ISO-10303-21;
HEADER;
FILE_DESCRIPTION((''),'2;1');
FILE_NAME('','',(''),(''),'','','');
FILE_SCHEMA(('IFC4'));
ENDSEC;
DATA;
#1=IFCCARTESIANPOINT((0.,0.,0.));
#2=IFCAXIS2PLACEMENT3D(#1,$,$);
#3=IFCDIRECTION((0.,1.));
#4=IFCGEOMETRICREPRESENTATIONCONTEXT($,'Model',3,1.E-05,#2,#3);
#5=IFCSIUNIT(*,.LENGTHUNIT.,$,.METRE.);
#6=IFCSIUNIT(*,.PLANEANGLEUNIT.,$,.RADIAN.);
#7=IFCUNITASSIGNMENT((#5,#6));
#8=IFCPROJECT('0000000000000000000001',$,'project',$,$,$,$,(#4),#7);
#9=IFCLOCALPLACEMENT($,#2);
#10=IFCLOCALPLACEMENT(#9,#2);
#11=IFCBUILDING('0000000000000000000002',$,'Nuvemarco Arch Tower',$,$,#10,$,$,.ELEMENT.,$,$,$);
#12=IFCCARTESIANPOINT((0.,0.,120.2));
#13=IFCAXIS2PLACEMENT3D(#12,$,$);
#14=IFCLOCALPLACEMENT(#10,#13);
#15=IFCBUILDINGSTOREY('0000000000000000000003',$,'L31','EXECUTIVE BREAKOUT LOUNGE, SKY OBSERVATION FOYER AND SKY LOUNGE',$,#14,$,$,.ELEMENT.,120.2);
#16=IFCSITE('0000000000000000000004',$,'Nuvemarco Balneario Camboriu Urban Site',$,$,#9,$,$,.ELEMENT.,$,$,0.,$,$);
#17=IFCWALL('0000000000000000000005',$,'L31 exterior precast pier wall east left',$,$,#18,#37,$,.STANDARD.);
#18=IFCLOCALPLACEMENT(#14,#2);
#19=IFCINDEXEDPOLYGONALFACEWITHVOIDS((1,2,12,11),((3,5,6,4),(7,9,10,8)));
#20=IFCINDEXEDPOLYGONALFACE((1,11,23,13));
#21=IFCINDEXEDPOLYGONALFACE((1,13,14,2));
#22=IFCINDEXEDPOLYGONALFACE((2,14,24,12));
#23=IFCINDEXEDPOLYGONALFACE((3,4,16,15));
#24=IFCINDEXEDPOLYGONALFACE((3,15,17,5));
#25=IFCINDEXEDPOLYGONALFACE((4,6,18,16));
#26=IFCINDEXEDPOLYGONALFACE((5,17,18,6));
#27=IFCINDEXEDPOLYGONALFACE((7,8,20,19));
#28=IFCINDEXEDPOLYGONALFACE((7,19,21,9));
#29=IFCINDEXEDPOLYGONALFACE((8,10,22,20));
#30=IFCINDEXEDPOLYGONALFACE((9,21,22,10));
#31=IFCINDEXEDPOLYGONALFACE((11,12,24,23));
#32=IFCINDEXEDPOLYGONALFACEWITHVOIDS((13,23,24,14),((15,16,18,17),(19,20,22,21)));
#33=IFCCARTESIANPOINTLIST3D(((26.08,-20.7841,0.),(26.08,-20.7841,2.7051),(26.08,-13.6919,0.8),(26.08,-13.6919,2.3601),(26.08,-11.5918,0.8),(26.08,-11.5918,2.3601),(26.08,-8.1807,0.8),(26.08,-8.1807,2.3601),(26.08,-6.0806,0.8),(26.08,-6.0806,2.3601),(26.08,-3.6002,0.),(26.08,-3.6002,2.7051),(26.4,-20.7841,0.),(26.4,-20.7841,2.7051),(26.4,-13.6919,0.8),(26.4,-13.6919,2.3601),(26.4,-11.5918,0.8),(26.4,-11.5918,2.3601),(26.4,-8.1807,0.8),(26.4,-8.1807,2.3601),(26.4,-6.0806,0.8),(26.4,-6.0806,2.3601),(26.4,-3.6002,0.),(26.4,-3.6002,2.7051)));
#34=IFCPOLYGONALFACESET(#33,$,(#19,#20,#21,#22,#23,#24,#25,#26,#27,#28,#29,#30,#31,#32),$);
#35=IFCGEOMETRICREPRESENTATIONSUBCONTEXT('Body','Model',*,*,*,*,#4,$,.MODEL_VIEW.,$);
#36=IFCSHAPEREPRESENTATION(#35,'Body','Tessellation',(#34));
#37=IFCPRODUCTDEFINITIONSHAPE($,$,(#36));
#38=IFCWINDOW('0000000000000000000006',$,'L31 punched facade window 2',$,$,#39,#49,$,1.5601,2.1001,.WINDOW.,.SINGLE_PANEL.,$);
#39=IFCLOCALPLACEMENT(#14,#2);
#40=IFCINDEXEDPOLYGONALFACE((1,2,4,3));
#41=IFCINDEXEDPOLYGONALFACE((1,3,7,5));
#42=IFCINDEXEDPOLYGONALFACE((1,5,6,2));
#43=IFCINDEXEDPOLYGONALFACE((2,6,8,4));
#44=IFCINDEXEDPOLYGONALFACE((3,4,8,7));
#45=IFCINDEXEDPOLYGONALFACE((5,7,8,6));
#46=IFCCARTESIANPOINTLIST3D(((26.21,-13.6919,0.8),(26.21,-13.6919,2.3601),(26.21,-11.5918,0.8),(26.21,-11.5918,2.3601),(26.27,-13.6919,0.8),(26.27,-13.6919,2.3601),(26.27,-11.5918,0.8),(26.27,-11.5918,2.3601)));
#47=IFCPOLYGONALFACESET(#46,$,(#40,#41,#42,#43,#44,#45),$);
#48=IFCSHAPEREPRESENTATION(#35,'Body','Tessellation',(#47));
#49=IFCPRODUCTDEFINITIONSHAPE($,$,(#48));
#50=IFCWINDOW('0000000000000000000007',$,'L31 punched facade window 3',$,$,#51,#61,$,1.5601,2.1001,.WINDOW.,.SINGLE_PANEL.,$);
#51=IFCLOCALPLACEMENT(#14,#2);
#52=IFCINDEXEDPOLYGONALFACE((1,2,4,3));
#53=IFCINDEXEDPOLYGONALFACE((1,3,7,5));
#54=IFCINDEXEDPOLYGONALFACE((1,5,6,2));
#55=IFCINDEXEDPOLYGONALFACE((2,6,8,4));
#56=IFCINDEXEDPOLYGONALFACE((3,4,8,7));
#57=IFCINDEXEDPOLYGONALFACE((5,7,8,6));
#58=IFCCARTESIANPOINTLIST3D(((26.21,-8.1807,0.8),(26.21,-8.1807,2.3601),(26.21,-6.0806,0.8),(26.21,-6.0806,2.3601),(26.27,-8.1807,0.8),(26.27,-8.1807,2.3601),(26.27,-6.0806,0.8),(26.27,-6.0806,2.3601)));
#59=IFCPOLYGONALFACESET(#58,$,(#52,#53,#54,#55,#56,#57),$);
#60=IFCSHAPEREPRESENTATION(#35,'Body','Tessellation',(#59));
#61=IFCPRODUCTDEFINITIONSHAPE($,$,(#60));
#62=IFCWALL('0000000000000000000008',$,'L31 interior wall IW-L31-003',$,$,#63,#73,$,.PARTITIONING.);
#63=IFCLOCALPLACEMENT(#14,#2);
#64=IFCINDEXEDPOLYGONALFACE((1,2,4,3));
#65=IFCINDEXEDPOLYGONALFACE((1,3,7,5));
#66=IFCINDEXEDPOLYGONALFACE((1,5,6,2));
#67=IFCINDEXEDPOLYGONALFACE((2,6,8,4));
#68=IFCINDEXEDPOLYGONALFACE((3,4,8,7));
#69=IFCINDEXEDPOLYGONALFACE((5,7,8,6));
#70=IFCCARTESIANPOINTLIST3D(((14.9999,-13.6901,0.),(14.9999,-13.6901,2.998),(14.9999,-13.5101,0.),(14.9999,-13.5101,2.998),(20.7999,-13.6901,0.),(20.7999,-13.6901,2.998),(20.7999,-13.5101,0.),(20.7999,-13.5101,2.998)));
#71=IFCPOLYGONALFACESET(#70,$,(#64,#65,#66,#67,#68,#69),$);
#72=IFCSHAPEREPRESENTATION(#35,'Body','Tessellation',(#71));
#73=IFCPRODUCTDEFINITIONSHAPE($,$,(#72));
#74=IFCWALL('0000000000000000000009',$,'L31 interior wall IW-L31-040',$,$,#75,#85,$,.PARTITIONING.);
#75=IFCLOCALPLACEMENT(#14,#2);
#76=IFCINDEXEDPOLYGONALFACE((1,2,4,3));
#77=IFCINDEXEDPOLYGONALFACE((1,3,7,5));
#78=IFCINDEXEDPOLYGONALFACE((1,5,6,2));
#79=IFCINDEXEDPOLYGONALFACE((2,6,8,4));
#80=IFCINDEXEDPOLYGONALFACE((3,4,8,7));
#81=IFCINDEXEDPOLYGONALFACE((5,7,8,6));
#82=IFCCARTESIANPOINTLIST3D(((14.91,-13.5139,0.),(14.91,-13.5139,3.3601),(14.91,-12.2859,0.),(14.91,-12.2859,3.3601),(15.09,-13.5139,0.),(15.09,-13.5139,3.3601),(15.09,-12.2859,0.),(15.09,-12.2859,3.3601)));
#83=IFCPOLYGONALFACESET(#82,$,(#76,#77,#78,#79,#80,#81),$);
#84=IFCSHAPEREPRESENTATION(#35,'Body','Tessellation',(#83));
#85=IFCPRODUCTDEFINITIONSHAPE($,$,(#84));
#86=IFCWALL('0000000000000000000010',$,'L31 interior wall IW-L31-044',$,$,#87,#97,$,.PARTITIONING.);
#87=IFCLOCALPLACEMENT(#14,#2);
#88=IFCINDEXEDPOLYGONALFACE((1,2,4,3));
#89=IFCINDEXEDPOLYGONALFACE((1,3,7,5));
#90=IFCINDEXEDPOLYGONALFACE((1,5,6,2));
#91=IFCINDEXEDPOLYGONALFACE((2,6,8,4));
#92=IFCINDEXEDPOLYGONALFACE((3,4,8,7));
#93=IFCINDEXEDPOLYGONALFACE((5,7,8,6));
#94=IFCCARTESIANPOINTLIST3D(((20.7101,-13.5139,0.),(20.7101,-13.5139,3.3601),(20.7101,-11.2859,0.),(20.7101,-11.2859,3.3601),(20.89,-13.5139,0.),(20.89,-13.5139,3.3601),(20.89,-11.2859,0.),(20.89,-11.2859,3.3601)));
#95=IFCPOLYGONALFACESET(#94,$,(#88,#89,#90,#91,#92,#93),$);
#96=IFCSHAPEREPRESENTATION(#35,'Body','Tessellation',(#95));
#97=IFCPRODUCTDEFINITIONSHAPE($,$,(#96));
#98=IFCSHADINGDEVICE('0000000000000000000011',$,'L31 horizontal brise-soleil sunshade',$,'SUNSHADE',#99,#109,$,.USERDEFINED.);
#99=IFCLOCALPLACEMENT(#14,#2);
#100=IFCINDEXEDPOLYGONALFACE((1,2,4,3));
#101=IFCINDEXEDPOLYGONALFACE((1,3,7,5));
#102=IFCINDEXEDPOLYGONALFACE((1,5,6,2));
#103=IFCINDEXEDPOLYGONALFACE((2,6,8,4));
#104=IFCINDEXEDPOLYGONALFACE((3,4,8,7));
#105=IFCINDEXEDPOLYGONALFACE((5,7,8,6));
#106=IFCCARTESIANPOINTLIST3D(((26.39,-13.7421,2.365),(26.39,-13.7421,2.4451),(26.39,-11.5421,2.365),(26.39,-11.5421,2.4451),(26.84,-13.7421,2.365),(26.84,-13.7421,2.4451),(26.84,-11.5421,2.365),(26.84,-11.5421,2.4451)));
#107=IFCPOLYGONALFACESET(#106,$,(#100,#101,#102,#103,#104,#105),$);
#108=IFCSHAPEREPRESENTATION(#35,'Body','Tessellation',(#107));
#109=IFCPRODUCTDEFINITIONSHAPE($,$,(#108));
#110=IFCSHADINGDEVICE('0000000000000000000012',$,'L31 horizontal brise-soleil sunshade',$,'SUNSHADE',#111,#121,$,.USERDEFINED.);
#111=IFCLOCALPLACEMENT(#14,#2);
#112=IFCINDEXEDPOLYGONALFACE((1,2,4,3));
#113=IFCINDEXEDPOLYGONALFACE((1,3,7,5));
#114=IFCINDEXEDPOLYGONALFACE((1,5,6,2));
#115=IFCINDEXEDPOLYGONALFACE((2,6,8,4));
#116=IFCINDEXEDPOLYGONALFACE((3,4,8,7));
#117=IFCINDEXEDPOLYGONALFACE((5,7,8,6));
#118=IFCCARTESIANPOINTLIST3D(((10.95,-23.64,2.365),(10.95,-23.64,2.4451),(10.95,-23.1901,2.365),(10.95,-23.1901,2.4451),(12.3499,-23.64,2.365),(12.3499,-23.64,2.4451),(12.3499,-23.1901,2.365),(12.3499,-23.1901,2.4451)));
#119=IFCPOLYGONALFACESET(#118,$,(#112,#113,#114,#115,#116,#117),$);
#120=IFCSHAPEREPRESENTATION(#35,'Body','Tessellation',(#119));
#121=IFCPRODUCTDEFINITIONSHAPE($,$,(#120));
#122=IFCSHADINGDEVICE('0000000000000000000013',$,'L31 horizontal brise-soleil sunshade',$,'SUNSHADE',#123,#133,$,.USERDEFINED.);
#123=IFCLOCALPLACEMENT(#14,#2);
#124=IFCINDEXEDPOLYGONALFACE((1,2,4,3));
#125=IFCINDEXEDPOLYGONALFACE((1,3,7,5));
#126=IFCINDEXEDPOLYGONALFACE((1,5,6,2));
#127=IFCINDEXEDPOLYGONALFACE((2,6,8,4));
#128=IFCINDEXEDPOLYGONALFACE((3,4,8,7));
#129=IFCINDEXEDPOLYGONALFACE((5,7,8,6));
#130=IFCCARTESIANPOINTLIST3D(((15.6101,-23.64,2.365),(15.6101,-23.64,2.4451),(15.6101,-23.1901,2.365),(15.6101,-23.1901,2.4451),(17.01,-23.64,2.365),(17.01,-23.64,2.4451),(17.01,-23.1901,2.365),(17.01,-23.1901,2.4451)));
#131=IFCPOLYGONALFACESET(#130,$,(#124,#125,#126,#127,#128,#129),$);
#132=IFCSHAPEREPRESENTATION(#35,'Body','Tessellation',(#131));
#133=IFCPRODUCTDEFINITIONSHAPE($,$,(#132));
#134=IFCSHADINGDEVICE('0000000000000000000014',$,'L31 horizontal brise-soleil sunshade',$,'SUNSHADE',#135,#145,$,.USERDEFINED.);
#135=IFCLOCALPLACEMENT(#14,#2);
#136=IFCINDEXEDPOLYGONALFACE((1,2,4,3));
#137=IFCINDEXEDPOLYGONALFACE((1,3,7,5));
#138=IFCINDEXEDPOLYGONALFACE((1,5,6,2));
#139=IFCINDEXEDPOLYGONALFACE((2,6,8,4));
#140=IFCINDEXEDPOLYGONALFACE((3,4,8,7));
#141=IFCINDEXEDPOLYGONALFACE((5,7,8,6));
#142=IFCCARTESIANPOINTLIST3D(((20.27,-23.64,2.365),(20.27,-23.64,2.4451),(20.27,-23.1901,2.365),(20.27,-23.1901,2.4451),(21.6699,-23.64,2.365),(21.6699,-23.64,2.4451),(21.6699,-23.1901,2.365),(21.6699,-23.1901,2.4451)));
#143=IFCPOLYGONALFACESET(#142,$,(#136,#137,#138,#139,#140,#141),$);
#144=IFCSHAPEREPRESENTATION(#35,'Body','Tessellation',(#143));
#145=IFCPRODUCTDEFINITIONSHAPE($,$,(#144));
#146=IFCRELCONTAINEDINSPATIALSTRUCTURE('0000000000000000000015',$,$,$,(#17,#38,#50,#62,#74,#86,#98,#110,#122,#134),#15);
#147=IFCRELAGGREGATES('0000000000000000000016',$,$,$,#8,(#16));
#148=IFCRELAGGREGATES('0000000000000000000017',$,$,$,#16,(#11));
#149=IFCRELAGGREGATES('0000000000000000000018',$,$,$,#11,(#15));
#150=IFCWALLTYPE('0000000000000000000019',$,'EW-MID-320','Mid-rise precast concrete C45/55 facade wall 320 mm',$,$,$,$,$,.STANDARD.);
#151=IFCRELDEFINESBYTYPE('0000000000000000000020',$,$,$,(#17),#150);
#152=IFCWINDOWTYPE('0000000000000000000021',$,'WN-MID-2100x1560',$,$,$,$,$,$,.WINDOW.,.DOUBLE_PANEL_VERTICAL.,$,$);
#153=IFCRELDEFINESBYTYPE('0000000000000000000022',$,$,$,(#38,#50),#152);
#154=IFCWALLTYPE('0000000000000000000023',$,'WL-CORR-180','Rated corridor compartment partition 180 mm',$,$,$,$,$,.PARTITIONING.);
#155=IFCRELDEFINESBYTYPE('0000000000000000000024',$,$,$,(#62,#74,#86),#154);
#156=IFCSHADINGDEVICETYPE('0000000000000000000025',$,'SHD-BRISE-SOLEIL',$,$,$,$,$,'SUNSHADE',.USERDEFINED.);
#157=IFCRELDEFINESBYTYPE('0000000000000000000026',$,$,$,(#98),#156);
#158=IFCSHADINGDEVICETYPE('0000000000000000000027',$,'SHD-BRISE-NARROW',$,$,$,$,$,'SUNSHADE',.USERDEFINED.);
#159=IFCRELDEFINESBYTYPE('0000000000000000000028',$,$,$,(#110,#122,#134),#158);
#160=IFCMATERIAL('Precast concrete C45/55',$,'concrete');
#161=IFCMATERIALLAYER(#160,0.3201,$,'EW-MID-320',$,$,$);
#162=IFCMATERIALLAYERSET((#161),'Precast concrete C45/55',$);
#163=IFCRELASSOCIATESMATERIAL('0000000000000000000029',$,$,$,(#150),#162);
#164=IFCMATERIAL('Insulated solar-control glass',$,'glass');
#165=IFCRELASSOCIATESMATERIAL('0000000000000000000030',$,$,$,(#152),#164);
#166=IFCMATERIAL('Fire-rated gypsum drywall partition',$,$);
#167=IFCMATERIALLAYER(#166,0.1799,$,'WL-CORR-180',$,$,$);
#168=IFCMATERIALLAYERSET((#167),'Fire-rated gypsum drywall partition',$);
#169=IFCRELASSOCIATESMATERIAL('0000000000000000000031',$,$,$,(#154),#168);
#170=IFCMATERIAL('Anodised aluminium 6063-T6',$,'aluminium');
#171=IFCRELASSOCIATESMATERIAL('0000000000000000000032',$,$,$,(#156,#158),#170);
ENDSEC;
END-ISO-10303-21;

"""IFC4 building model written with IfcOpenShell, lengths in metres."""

from ifc_helpers import new_model, si_unit, direction, frame, frame_2d, origin, origin_2d, place, context, subcontext, project, spatial, rectangle, extrude, source, transform, mapped, material, layer, layer_set, type_object, type_shapes, element, fill, save


model = new_model("IFC4")

# Units and contexts
model_context = context("Model", 3, precision=1e-05, world=origin(), true_north=direction((0.0, 1.0)))
body_context = subcontext(model_context, "Body", "Model", "MODEL_VIEW")
ifc_project = project(units=[si_unit("LENGTHUNIT", "METRE"), si_unit("PLANEANGLEUNIT", "RADIAN")], contexts=[model_context])

# Site, building, storey
site_placement = place(None, origin())
site = spatial("IfcSite", under=ifc_project, at=site_placement, Name="Nuvemarco Balneario Camboriu Urban Site", CompositionType="ELEMENT", RefElevation=0.0)
building_placement = place(site_placement, origin())
building = spatial("IfcBuilding", under=site, at=building_placement, Name="Nuvemarco Arch Tower", CompositionType="ELEMENT")
storey_placement = place(building_placement, frame((0.0, 0.0, 120.2)))
storey = spatial("IfcBuildingStorey", under=building, at=storey_placement, Name="L31", Description="EXECUTIVE BREAKOUT LOUNGE, SKY OBSERVATION FOYER AND SKY LOUNGE", CompositionType="ELEMENT", Elevation=120.2)

# Shared definitions
ifc_material_1 = material(Name="Precast concrete C45/55", Category="concrete")

# Shared definitions
ifc_layer_1 = layer(ifc_material_1, 0.3201, Name="EW-MID-320")
ifc_layer_set_1 = layer_set([ifc_layer_1], Name="Precast concrete C45/55")
wall_type_1 = type_object("IfcWallType", Name="EW-MID-320", Description="Mid-rise precast concrete C45/55 facade wall 320 mm", PredefinedType="STANDARD", material=ifc_layer_set_1)

# Wall, openings, windows
wall_1_placement = place(storey_placement, frame((26.24, -20.7839, 0.0), z_axis=(0.0, 0.0, 1.0), x_axis=(0.0, 1.0, 0.0)))
wall_1 = element("IfcWall", 1, at=wall_1_placement, inside=storey, type_object=wall_type_1, Name="L31 exterior precast pier wall east left", PredefinedType="STANDARD", context=body_context, shape_type="SweptSolid", body=[
    extrude(rectangle(XDim=17.1838, YDim=0.3201, at=frame_2d((8.5918, 0.0))), origin(), (0.0, 0.0, 1.0), 2.7051),
])
opening_1_placement = place(wall_1_placement, frame((7.092, 0.0, 0.8)))
opening_1 = element("IfcOpeningElement", 2, at=opening_1_placement, cuts=wall_1, PredefinedType="OPENING", context=body_context, shape_type="SweptSolid", body=[
    extrude(rectangle(XDim=2.1001, YDim=1.5601, at=frame_2d((1.05, 0.78))), frame((0.0, 0.1699, 0.0), z_axis=(0.0, -1.0, 0.0), x_axis=(1.0, 0.0, 0.0)), (0.0, 0.0, 1.0), 0.3401),
])
opening_2_placement = place(wall_1_placement, frame((12.6033, 0.0, 0.8)))
opening_2 = element("IfcOpeningElement", 3, at=opening_2_placement, cuts=wall_1, PredefinedType="OPENING", context=body_context, shape_type="SweptSolid", body=[
    extrude(rectangle(XDim=2.1001, YDim=1.5601, at=frame_2d((1.05, 0.78))), frame((0.0, 0.1699, 0.0), z_axis=(0.0, -1.0, 0.0), x_axis=(1.0, 0.0, 0.0)), (0.0, 0.0, 1.0), 0.3401),
])
ifc_material_2 = material(Name="Insulated solar-control glass", Category="glass")
window_type = type_object("IfcWindowType", Name="WN-MID-2100x1560", PartitioningType="DOUBLE_PANEL_VERTICAL", PredefinedType="WINDOW", material=ifc_material_2)
shared_shape_1 = source(origin(), body_context, "Body", "SweptSolid", [
    extrude(rectangle(XDim=2.1001, YDim=1.5601, at=frame_2d((1.05, 0.78))), frame((0.0, 0.03, 0.0), z_axis=(0.0, -1.0, 0.0), x_axis=(1.0, 0.0, 0.0)), (0.0, 0.0, 1.0), 0.0601),
])
type_shapes(window_type, [shared_shape_1])
window_1_placement = place(opening_1_placement, origin())
window_1 = element("IfcWindow", 4, at=window_1_placement, inside=storey, type_object=window_type, Name="L31 punched facade window 2", OverallHeight=1.5601, OverallWidth=2.1001, PartitioningType="SINGLE_PANEL", PredefinedType="WINDOW", context=body_context, shape_type="MappedRepresentation", body=[
    mapped(shared_shape_1, transform((0.0, 0.0, 0.0), scale=1.0)),
])
fill(opening_1, window_1)
window_2_placement = place(opening_2_placement, origin())
window_2 = element("IfcWindow", 5, at=window_2_placement, inside=storey, type_object=window_type, Name="L31 punched facade window 3", OverallHeight=1.5601, OverallWidth=2.1001, PartitioningType="SINGLE_PANEL", PredefinedType="WINDOW", context=body_context, shape_type="MappedRepresentation", body=[
    mapped(shared_shape_1, transform((0.0, 0.0, 0.0), scale=1.0)),
])
fill(opening_2, window_2)

# Walls
ifc_material_3 = material(Name="Fire-rated gypsum drywall partition")
ifc_layer_2 = layer(ifc_material_3, 0.1799, Name="WL-CORR-180")
ifc_layer_set_2 = layer_set([ifc_layer_2], Name="Fire-rated gypsum drywall partition")
wall_type_2 = type_object("IfcWallType", Name="WL-CORR-180", Description="Rated corridor compartment partition 180 mm", PredefinedType="PARTITIONING", material=ifc_layer_set_2)
wall_2_placement = place(storey_placement, frame((15.0, -13.6001, 0.0), z_axis=(0.0, 0.0, 1.0), x_axis=(1.0, 0.0, 0.0)))
element("IfcWall", 6, at=wall_2_placement, inside=storey, type_object=wall_type_2, Name="L31 interior wall IW-L31-003", PredefinedType="PARTITIONING", context=body_context, shape_type="SweptSolid", body=[
    extrude(rectangle(XDim=5.8, YDim=0.1799, at=frame_2d((2.8999, 0.0))), origin(), (0.0, 0.0, 1.0), 2.998),
])
wall_3_placement = place(storey_placement, frame((15.0, -13.5139, 0.0), z_axis=(0.0, 0.0, 1.0), x_axis=(0.0, 1.0, 0.0)))
element("IfcWall", 7, at=wall_3_placement, inside=storey, type_object=wall_type_2, Name="L31 interior wall IW-L31-040", PredefinedType="PARTITIONING", context=body_context, shape_type="SweptSolid", body=[
    extrude(rectangle(XDim=1.228, YDim=0.1799, at=frame_2d((0.614, 0.0))), origin(), (0.0, 0.0, 1.0), 3.3601),
])
wall_4_placement = place(storey_placement, frame((20.8, -13.5139, 0.0), z_axis=(0.0, 0.0, 1.0), x_axis=(0.0, 1.0, 0.0)))
element("IfcWall", 8, at=wall_4_placement, inside=storey, type_object=wall_type_2, Name="L31 interior wall IW-L31-044", PredefinedType="PARTITIONING", context=body_context, shape_type="SweptSolid", body=[
    extrude(rectangle(XDim=2.228, YDim=0.1799, at=frame_2d((1.114, 0.0))), origin(), (0.0, 0.0, 1.0), 3.3601),
])

# Shading devices
ifc_material_4 = material(Name="Anodised aluminium 6063-T6", Category="aluminium")
shading_device_type_1 = type_object("IfcShadingDeviceType", Name="SHD-BRISE-SOLEIL", ElementType="SUNSHADE", PredefinedType="USERDEFINED", material=ifc_material_4)
shared_shape_2 = source(origin(), body_context, "Body", "SweptSolid", [
    extrude(rectangle(XDim=2.2, YDim=0.45, at=origin_2d()), origin(), (0.0, 0.0, 1.0), 0.0801),
])
type_shapes(shading_device_type_1, [shared_shape_2])
shading_device_placement = place(storey_placement, frame((26.615, -12.6421, 2.365), z_axis=(0.0, 0.0, 1.0), x_axis=(0.0, 1.0, 0.0)))
element("IfcShadingDevice", 9, at=shading_device_placement, inside=storey, type_object=shading_device_type_1, Name="L31 horizontal brise-soleil sunshade", ObjectType="SUNSHADE", PredefinedType="USERDEFINED", context=body_context, shape_type="MappedRepresentation", body=[
    mapped(shared_shape_2, transform((0.0, 0.0, 0.0), scale=1.0)),
])
shading_device_type_2 = type_object("IfcShadingDeviceType", Name="SHD-BRISE-NARROW", ElementType="SUNSHADE", PredefinedType="USERDEFINED", material=ifc_material_4)
shared_shape_3 = source(origin(), body_context, "Body", "SweptSolid", [
    extrude(rectangle(XDim=1.3999, YDim=0.45, at=origin_2d()), origin(), (0.0, 0.0, 1.0), 0.0801),
])
type_shapes(shading_device_type_2, [shared_shape_3])
for number, where, z_axis, x_axis, name in (
    (10, (11.6499, -23.415, 2.365), (0.0, 0.0, 1.0), (1.0, 0.0, 0.0), "L31 horizontal brise-soleil sunshade"),
    (11, (16.3101, -23.415, 2.365), (0.0, 0.0, 1.0), (1.0, 0.0, 0.0), "L31 horizontal brise-soleil sunshade"),
    (12, (20.97, -23.415, 2.365), (0.0, 0.0, 1.0), (1.0, 0.0, 0.0), "L31 horizontal brise-soleil sunshade"),
):
    element("IfcShadingDevice", number, at=place(storey_placement, frame(where, z_axis=z_axis, x_axis=x_axis)), inside=storey, type_object=shading_device_type_2, Name=name, ObjectType="SUNSHADE", PredefinedType="USERDEFINED", context=body_context, shape_type="MappedRepresentation", body=[
        mapped(shared_shape_3, transform((0.0, 0.0, 0.0), scale=1.0)),
    ])

save(model, "model.ifc")
